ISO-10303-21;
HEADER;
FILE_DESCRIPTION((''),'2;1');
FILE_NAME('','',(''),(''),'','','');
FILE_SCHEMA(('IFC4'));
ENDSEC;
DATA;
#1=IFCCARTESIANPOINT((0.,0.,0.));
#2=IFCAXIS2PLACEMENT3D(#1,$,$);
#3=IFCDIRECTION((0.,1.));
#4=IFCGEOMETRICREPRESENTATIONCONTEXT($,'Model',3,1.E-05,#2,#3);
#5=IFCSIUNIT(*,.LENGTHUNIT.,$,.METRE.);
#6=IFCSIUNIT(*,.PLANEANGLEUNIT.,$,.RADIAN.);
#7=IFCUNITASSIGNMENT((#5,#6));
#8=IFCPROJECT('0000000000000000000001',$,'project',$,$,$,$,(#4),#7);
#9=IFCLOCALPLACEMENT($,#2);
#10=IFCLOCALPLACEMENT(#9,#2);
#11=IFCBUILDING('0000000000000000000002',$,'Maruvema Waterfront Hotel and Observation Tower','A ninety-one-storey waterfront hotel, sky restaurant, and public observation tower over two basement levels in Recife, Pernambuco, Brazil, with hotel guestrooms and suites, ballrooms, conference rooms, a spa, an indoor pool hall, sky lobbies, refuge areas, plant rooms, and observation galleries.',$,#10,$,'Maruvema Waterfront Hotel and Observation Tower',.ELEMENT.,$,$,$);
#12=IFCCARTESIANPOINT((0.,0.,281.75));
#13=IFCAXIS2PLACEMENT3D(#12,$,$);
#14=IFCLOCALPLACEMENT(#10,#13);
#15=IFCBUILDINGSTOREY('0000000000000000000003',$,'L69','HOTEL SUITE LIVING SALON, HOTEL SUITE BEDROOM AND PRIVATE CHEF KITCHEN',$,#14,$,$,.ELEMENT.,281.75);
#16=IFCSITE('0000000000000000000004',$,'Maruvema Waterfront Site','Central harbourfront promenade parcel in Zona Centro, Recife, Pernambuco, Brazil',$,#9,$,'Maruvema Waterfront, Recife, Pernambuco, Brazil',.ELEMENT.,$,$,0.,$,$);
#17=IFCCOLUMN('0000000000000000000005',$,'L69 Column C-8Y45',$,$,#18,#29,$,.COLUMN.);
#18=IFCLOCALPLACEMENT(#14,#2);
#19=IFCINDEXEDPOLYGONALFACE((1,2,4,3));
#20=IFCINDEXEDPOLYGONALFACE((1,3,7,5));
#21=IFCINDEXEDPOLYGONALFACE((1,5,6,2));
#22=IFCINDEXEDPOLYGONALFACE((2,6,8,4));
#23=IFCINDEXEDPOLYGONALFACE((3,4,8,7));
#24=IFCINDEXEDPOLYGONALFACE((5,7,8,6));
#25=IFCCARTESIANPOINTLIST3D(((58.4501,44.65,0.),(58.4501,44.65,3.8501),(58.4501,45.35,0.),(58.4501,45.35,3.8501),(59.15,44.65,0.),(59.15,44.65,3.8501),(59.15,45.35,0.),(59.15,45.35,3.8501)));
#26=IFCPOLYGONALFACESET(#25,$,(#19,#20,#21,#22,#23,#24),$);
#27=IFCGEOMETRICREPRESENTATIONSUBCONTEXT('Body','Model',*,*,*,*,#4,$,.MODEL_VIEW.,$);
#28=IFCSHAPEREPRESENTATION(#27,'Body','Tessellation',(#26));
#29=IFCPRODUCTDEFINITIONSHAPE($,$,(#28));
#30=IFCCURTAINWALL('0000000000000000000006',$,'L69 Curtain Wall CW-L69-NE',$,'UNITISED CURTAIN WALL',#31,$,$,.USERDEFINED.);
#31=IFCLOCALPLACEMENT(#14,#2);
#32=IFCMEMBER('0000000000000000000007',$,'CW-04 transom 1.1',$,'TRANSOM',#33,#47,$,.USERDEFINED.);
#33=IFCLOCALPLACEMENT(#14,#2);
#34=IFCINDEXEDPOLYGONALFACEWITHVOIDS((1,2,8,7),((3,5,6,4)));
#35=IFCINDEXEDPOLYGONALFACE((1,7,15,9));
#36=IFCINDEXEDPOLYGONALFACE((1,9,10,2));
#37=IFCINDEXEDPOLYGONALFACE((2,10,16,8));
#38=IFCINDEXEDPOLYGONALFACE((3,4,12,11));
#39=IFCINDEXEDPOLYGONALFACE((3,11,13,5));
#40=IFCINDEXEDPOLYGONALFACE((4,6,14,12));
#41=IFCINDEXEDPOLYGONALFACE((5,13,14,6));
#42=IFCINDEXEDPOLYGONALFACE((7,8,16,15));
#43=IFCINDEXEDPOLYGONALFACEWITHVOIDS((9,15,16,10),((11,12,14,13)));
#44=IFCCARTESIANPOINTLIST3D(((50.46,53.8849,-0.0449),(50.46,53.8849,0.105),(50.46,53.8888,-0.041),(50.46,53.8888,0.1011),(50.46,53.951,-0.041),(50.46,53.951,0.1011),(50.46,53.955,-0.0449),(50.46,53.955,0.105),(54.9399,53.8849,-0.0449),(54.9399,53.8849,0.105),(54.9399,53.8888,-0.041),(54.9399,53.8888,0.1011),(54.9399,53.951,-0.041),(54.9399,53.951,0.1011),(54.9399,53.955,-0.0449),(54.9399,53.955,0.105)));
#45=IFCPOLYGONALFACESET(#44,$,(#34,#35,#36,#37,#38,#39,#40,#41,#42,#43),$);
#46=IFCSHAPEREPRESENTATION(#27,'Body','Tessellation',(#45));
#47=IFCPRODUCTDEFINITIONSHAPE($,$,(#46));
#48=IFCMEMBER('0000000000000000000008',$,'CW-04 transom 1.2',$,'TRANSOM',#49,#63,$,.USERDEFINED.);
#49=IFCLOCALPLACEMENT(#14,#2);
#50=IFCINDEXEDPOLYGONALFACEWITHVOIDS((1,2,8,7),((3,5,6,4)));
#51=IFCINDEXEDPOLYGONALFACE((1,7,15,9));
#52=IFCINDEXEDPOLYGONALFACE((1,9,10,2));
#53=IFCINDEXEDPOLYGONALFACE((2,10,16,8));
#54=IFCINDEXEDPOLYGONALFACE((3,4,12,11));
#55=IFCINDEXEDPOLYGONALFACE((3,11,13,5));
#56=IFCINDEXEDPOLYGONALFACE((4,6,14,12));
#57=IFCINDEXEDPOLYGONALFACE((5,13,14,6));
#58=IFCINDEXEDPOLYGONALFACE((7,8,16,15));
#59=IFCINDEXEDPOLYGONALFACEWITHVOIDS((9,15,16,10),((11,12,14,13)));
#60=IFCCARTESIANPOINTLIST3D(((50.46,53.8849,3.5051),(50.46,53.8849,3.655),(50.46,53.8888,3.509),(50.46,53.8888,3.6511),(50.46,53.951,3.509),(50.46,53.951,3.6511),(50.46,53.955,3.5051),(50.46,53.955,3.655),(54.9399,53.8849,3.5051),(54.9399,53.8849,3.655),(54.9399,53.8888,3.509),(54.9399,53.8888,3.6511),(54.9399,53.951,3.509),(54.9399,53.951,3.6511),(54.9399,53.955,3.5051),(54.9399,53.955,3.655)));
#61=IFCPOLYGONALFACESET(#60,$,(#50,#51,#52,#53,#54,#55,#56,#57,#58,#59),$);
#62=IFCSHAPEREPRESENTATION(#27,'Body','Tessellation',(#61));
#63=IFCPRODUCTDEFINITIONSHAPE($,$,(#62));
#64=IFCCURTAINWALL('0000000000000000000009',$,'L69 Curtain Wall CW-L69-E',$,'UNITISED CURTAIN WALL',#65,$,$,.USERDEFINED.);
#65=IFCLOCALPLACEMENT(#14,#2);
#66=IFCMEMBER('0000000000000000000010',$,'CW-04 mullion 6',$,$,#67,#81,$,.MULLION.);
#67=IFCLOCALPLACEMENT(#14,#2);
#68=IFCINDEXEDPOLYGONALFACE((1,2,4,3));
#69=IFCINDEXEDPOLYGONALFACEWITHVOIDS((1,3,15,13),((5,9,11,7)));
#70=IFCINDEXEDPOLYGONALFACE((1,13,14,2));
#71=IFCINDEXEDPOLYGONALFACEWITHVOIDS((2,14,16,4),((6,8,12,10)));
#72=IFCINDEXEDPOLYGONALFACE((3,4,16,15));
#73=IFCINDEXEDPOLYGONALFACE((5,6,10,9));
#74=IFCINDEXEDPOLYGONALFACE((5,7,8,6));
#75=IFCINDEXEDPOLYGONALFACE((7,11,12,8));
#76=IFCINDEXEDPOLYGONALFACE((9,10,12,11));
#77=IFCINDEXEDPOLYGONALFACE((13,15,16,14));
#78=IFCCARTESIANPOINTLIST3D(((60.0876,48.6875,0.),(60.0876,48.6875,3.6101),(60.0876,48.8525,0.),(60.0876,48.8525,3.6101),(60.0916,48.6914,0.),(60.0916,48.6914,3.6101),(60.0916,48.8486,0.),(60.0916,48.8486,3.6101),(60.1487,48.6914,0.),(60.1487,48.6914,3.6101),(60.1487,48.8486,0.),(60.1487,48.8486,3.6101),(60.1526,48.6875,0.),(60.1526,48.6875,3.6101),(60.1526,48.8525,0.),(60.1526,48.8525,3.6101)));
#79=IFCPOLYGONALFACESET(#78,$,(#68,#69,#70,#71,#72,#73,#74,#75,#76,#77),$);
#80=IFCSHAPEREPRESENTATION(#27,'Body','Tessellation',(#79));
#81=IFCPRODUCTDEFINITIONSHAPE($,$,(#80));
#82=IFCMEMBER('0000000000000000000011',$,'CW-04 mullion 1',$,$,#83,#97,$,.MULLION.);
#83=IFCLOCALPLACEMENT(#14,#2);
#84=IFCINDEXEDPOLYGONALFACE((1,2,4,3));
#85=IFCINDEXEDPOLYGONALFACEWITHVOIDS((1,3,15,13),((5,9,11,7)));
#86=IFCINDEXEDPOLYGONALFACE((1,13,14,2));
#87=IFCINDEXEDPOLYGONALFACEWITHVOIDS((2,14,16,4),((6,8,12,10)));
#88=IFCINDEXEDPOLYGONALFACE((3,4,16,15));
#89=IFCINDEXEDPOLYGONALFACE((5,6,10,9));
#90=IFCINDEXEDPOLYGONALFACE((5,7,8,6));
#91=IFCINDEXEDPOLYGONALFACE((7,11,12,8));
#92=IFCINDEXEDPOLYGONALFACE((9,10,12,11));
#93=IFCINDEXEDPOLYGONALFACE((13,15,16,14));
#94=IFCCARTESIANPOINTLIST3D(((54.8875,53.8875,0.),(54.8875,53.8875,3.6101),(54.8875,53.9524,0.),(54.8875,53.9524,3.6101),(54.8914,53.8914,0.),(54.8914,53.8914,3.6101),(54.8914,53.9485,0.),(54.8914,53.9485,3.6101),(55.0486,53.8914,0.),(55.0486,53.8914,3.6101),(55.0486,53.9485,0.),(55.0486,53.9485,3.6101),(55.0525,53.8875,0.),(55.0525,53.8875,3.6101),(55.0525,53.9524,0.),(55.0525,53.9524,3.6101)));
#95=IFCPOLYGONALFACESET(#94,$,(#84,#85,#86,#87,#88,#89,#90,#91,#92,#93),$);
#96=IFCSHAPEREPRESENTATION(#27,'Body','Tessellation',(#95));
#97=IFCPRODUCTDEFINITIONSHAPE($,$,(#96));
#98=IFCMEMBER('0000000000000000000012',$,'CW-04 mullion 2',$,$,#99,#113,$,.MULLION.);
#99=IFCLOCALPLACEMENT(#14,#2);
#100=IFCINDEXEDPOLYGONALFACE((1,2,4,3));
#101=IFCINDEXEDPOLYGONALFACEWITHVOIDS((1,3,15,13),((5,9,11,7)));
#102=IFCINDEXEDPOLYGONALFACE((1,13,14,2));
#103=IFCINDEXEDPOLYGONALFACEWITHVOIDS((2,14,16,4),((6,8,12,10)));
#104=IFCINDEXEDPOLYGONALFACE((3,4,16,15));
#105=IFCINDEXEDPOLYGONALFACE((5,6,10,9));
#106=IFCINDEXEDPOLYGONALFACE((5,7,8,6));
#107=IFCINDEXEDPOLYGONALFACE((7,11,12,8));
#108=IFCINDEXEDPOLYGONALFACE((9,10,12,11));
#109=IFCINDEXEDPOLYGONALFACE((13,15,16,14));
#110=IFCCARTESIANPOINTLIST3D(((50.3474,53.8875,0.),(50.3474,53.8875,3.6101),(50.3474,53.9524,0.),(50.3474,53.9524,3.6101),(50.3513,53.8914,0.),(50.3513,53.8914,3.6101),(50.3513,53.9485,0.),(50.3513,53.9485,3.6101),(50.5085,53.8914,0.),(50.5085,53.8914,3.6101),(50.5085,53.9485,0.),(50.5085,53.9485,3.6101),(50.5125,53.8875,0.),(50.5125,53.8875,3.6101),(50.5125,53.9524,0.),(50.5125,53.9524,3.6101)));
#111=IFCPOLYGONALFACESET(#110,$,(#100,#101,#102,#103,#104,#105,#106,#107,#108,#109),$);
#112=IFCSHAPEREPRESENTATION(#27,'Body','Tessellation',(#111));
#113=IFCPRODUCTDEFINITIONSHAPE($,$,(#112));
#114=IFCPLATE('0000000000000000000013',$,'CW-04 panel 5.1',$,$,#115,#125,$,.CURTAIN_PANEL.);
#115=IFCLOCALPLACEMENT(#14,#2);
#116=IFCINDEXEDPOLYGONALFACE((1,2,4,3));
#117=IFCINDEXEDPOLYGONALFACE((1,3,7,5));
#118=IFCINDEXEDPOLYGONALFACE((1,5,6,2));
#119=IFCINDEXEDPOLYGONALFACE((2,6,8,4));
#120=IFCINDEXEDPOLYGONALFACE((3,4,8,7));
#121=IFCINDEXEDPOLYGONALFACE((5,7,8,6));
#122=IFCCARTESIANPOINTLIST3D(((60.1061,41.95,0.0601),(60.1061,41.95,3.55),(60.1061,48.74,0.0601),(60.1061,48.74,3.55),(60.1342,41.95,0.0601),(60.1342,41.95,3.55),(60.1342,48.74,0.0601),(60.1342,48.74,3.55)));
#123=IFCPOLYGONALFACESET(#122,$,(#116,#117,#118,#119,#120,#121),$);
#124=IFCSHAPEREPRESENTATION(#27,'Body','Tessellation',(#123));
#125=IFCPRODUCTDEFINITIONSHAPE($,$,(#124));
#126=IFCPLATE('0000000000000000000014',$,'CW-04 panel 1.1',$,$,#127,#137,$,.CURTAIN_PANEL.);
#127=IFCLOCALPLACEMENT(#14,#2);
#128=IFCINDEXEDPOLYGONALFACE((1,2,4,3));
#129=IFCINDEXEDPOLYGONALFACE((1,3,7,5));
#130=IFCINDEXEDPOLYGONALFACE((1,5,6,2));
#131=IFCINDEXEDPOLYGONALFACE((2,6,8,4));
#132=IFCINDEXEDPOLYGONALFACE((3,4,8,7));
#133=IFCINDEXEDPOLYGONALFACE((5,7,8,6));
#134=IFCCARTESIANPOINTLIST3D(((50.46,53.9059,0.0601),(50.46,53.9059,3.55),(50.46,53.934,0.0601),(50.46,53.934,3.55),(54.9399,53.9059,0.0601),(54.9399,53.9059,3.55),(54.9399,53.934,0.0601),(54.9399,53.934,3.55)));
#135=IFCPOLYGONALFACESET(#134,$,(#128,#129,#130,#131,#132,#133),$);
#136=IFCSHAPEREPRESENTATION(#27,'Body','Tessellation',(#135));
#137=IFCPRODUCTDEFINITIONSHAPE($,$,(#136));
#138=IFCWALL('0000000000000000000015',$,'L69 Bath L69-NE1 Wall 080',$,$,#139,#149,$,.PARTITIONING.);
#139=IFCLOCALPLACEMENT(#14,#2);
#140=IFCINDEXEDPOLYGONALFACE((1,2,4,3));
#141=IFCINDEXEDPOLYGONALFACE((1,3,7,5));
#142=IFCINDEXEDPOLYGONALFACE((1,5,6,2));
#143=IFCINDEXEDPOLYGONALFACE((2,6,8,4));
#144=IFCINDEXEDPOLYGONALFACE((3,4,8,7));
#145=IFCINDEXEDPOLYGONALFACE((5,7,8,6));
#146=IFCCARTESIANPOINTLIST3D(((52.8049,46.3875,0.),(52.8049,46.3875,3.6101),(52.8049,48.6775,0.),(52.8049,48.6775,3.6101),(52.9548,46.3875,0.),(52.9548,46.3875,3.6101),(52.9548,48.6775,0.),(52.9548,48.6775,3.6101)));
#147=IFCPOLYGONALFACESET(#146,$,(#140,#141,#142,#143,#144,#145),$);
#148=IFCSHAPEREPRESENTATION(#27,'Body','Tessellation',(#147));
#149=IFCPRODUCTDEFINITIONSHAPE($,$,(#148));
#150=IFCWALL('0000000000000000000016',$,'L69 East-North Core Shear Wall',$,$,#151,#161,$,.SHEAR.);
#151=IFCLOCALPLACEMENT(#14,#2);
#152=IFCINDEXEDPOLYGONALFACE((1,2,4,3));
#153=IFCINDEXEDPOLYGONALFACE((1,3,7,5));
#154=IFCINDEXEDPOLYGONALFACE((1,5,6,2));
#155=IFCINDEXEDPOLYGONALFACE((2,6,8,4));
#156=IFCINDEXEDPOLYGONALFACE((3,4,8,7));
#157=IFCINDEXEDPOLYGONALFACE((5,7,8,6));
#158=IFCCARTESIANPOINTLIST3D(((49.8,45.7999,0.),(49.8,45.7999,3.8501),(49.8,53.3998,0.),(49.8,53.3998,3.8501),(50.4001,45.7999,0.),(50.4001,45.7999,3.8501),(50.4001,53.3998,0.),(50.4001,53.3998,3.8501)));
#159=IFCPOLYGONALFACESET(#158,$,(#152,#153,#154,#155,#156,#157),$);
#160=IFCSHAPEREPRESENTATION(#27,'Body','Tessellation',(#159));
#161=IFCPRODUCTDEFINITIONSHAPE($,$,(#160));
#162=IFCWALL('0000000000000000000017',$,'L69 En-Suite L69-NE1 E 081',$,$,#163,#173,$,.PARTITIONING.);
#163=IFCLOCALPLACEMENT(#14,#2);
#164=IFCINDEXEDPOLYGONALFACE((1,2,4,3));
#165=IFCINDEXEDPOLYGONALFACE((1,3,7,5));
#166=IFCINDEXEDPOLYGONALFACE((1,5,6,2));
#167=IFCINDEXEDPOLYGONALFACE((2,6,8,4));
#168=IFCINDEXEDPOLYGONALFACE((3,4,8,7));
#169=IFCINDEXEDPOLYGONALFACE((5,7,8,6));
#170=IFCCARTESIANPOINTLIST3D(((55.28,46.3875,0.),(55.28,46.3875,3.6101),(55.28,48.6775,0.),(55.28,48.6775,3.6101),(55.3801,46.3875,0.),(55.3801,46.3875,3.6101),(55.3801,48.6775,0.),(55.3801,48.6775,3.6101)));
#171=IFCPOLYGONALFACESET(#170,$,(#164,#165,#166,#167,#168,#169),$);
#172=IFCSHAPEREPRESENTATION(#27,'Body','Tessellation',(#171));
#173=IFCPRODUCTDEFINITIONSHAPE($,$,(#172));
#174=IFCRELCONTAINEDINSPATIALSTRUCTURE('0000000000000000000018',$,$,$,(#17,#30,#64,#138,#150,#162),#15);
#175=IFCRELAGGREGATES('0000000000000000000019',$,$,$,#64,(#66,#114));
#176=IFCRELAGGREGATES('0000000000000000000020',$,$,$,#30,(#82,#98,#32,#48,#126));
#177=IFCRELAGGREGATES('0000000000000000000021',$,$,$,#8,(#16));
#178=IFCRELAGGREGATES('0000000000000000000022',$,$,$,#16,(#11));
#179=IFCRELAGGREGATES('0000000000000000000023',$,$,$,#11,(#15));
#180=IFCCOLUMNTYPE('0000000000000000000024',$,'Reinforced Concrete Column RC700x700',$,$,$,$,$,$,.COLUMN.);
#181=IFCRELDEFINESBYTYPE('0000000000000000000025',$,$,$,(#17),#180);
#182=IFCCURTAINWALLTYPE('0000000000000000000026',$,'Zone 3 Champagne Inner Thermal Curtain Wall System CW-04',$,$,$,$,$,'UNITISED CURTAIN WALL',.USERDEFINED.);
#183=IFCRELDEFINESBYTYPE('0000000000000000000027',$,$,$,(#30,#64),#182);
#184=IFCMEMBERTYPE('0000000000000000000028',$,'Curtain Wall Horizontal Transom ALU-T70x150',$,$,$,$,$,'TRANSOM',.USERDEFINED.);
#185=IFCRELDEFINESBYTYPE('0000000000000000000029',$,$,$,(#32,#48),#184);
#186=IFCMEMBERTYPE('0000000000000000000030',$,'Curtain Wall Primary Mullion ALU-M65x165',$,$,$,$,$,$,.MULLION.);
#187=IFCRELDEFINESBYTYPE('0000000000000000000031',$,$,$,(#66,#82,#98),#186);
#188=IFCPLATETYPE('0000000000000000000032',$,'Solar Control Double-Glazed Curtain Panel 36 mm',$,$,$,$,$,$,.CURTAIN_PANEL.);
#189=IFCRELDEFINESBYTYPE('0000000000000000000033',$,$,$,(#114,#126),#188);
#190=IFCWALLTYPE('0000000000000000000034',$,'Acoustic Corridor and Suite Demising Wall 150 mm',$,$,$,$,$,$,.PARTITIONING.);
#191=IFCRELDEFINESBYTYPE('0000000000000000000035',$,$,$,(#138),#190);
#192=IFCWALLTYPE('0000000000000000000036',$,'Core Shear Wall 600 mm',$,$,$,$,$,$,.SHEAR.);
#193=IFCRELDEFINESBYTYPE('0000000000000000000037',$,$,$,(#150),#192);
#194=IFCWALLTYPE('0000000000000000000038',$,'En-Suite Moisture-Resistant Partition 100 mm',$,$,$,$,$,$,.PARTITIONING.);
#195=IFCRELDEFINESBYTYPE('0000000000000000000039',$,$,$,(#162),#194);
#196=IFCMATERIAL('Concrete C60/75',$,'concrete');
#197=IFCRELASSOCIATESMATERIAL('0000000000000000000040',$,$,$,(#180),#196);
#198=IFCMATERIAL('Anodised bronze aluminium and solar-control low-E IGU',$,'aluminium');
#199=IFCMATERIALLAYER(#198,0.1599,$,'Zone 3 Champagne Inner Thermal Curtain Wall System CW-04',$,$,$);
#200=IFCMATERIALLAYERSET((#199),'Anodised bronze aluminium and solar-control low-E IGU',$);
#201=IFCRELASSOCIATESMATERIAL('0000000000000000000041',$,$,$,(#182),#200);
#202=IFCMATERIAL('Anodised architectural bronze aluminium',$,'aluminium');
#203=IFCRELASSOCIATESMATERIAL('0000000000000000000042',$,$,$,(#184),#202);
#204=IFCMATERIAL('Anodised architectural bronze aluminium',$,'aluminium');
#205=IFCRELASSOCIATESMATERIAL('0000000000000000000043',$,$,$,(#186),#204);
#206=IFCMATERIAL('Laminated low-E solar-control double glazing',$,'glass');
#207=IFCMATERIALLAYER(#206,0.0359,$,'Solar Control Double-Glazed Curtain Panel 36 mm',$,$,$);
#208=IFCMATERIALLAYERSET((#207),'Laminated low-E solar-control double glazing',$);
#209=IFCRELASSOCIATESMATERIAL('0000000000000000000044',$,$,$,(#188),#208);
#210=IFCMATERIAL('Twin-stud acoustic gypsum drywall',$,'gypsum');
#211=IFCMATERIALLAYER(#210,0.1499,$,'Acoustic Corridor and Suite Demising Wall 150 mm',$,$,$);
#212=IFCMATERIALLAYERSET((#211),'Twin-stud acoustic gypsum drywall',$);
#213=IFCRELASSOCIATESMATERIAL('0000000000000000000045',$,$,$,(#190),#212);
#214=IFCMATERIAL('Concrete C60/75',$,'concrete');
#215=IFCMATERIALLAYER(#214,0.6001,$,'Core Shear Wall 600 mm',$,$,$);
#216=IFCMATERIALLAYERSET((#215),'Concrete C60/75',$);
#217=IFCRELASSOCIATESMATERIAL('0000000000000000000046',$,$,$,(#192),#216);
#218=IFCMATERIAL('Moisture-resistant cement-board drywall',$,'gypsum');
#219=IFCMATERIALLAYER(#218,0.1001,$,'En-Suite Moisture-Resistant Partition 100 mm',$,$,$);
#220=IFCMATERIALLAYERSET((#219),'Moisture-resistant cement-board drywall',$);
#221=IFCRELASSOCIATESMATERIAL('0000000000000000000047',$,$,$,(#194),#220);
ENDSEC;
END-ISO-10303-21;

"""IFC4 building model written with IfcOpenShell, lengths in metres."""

from ifc_helpers import new_model, si_unit, direction, frame, frame_2d, origin, origin_2d, place, context, subcontext, project, spatial, rectangle, hollow_rectangle, extrude, material, layer, layer_set, material_profile, profile_set, type_object, element, aggregate, save


model = new_model("IFC4")

# Units and contexts
model_context = context("Model", 3, precision=1e-05, world=origin(), true_north=direction((0.0, 1.0)))
body_context = subcontext(model_context, "Body", "Model", "MODEL_VIEW")
ifc_project = project(units=[si_unit("LENGTHUNIT", "METRE"), si_unit("PLANEANGLEUNIT", "RADIAN")], contexts=[model_context])

# Site, building, storey
site_placement = place(None, origin())
site = spatial("IfcSite", under=ifc_project, at=site_placement, Name="Maruvema Waterfront Site", Description="Central harbourfront promenade parcel in Zona Centro, Recife, Pernambuco, Brazil", LongName="Maruvema Waterfront, Recife, Pernambuco, Brazil", CompositionType="ELEMENT", RefElevation=0.0)
building_placement = place(site_placement, origin())
building = spatial("IfcBuilding", under=site, at=building_placement, Name="Maruvema Waterfront Hotel and Observation Tower", Description="A ninety-one-storey waterfront hotel, sky restaurant, and public observation tower over two basement levels in Recife, Pernambuco, Brazil, with hotel guestrooms and suites, ballrooms, conference rooms, a spa, an indoor pool hall, sky lobbies, refuge areas, plant rooms, and observation galleries.", LongName="Maruvema Waterfront Hotel and Observation Tower", CompositionType="ELEMENT")
storey_placement = place(building_placement, frame((0.0, 0.0, 281.75)))
storey = spatial("IfcBuildingStorey", under=building, at=storey_placement, Name="L69", Description="HOTEL SUITE LIVING SALON, HOTEL SUITE BEDROOM AND PRIVATE CHEF KITCHEN", CompositionType="ELEMENT", Elevation=281.75)

# Column
ifc_material_1 = material(Name="Concrete C60/75", Category="concrete")
ifc_material_profile_1 = material_profile(ifc_material_1, rectangle(XDim=0.7, YDim=0.7, at=origin_2d()), Name="RC700x700")
ifc_profile_set_1 = profile_set([ifc_material_profile_1], Name="Concrete C60/75")
column_type = type_object("IfcColumnType", Name="Reinforced Concrete Column RC700x700", PredefinedType="COLUMN", material=ifc_profile_set_1)
column_placement = place(storey_placement, frame((58.8, 45.0, 0.0), z_axis=(0.0, 0.0, 1.0), x_axis=(1.0, 0.0, 0.0)))
element("IfcColumn", 1, at=column_placement, inside=storey, type_object=column_type, Name="L69 Column C-8Y45", PredefinedType="COLUMN", context=body_context, shape_type="SweptSolid", body=[
    extrude(rectangle(XDim=0.7, YDim=0.7, at=origin_2d()), origin(), (0.0, 0.0, 1.0), 3.8501),
])

# Curtain wall, members
ifc_material_2 = material(Name="Anodised bronze aluminium and solar-control low-E IGU", Category="aluminium")
ifc_layer_1 = layer(ifc_material_2, 0.1599, Name="Zone 3 Champagne Inner Thermal Curtain Wall System CW-04")
ifc_layer_set_1 = layer_set([ifc_layer_1], Name="Anodised bronze aluminium and solar-control low-E IGU")
curtain_wall_type = type_object("IfcCurtainWallType", Name="Zone 3 Champagne Inner Thermal Curtain Wall System CW-04", ElementType="UNITISED CURTAIN WALL", PredefinedType="USERDEFINED", material=ifc_layer_set_1)
curtain_wall_1_placement = place(storey_placement, origin())
curtain_wall_1 = element("IfcCurtainWall", 2, at=curtain_wall_1_placement, inside=storey, type_object=curtain_wall_type, Name="L69 Curtain Wall CW-L69-NE", ObjectType="UNITISED CURTAIN WALL", PredefinedType="USERDEFINED")
ifc_material_3 = material(Name="Anodised architectural bronze aluminium", Category="aluminium")
ifc_material_profile_2 = material_profile(ifc_material_3, hollow_rectangle(XDim=0.0701, YDim=0.1499, WallThickness=0.0039, at=origin_2d()), Name="ALU-T70x150")
ifc_profile_set_2 = profile_set([ifc_material_profile_2], Name="Anodised architectural bronze aluminium")
member_type_1 = type_object("IfcMemberType", Name="Curtain Wall Horizontal Transom ALU-T70x150", ElementType="TRANSOM", PredefinedType="USERDEFINED", material=ifc_profile_set_2)
member_1_placement = place(storey_placement, frame((54.9399, 53.9199, 0.03), z_axis=(-1.0, 0.0, 0.0), x_axis=(0.0, -1.0, 0.0)))
member_1 = element("IfcMember", 3, at=member_1_placement, type_object=member_type_1, Name="CW-04 transom 1.1", ObjectType="TRANSOM", PredefinedType="USERDEFINED", context=body_context, shape_type="SweptSolid", body=[
    extrude(hollow_rectangle(XDim=0.0701, YDim=0.1499, WallThickness=0.0039, at=origin_2d()), origin(), (0.0, 0.0, 1.0), 4.48),
])
member_2_placement = place(storey_placement, frame((54.9399, 53.9199, 3.5801), z_axis=(-1.0, 0.0, 0.0), x_axis=(0.0, -1.0, 0.0)))
member_2 = element("IfcMember", 4, at=member_2_placement, type_object=member_type_1, Name="CW-04 transom 1.2", ObjectType="TRANSOM", PredefinedType="USERDEFINED", context=body_context, shape_type="SweptSolid", body=[
    extrude(hollow_rectangle(XDim=0.0701, YDim=0.1499, WallThickness=0.0039, at=origin_2d()), origin(), (0.0, 0.0, 1.0), 4.48),
])

# Curtain wall, member
curtain_wall_2_placement = place(storey_placement, origin())
curtain_wall_2 = element("IfcCurtainWall", 5, at=curtain_wall_2_placement, inside=storey, type_object=curtain_wall_type, Name="L69 Curtain Wall CW-L69-E", ObjectType="UNITISED CURTAIN WALL", PredefinedType="USERDEFINED")
ifc_material_4 = material(Name="Anodised architectural bronze aluminium", Category="aluminium")
ifc_material_profile_3 = material_profile(ifc_material_4, hollow_rectangle(XDim=0.0649, YDim=0.165, WallThickness=0.0039, at=origin_2d()), Name="ALU-M65x165")
ifc_profile_set_3 = profile_set([ifc_material_profile_3], Name="Anodised architectural bronze aluminium")
member_type_2 = type_object("IfcMemberType", Name="Curtain Wall Primary Mullion ALU-M65x165", PredefinedType="MULLION", material=ifc_profile_set_3)
member_3_placement = place(storey_placement, frame((60.1201, 48.77, 0.0), z_axis=(0.0, 0.0, 1.0), x_axis=(-1.0, 0.0, 0.0)))
member_3 = element("IfcMember", 6, at=member_3_placement, type_object=member_type_2, Name="CW-04 mullion 6", PredefinedType="MULLION", context=body_context, shape_type="SweptSolid", body=[
    extrude(hollow_rectangle(XDim=0.0649, YDim=0.165, WallThickness=0.0039, at=origin_2d()), origin(), (0.0, 0.0, 1.0), 3.6101),
])

# Members
member_4_placement = place(storey_placement, frame((54.97, 53.9199, 0.0), z_axis=(0.0, 0.0, 1.0), x_axis=(0.0, -1.0, 0.0)))
member_4 = element("IfcMember", 7, at=member_4_placement, type_object=member_type_2, Name="CW-04 mullion 1", PredefinedType="MULLION", context=body_context, shape_type="SweptSolid", body=[
    extrude(hollow_rectangle(XDim=0.0649, YDim=0.165, WallThickness=0.0039, at=origin_2d()), origin(), (0.0, 0.0, 1.0), 3.6101),
])
member_5_placement = place(storey_placement, frame((50.4299, 53.9199, 0.0), z_axis=(0.0, 0.0, 1.0), x_axis=(0.0, -1.0, 0.0)))
member_5 = element("IfcMember", 8, at=member_5_placement, type_object=member_type_2, Name="CW-04 mullion 2", PredefinedType="MULLION", context=body_context, shape_type="SweptSolid", body=[
    extrude(hollow_rectangle(XDim=0.0649, YDim=0.165, WallThickness=0.0039, at=origin_2d()), origin(), (0.0, 0.0, 1.0), 3.6101),
])

# Plates
ifc_material_5 = material(Name="Laminated low-E solar-control double glazing", Category="glass")
ifc_layer_2 = layer(ifc_material_5, 0.0359, Name="Solar Control Double-Glazed Curtain Panel 36 mm")
ifc_layer_set_2 = layer_set([ifc_layer_2], Name="Laminated low-E solar-control double glazing")
plate_type = type_object("IfcPlateType", Name="Solar Control Double-Glazed Curtain Panel 36 mm", PredefinedType="CURTAIN_PANEL", material=ifc_layer_set_2)
plate_1_placement = place(storey_placement, frame((60.1201, 45.345, 0.0601), z_axis=(0.0, 0.0, 1.0), x_axis=(0.0, 1.0, 0.0)))
plate_1 = element("IfcPlate", 9, at=plate_1_placement, type_object=plate_type, Name="CW-04 panel 5.1", PredefinedType="CURTAIN_PANEL", context=body_context, shape_type="SweptSolid", body=[
    extrude(rectangle(XDim=6.79, YDim=0.0281, at=origin_2d()), origin(), (0.0, 0.0, 1.0), 3.49),
])
aggregate(curtain_wall_2, [member_3, plate_1])
plate_2_placement = place(storey_placement, frame((52.7, 53.9199, 0.0601), z_axis=(0.0, 0.0, 1.0), x_axis=(-1.0, 0.0, 0.0)))
plate_2 = element("IfcPlate", 10, at=plate_2_placement, type_object=plate_type, Name="CW-04 panel 1.1", PredefinedType="CURTAIN_PANEL", context=body_context, shape_type="SweptSolid", body=[
    extrude(rectangle(XDim=4.48, YDim=0.0281, at=origin_2d()), origin(), (0.0, 0.0, 1.0), 3.49),
])
aggregate(curtain_wall_1, [member_4, member_5, member_1, member_2, plate_2])

# Walls
ifc_material_6 = material(Name="Twin-stud acoustic gypsum drywall", Category="gypsum")
ifc_layer_3 = layer(ifc_material_6, 0.1499, Name="Acoustic Corridor and Suite Demising Wall 150 mm")
ifc_layer_set_3 = layer_set([ifc_layer_3], Name="Twin-stud acoustic gypsum drywall")
wall_type_1 = type_object("IfcWallType", Name="Acoustic Corridor and Suite Demising Wall 150 mm", PredefinedType="PARTITIONING", material=ifc_layer_set_3)
wall_1_placement = place(storey_placement, frame((52.8799, 46.3875, 0.0), z_axis=(0.0, 0.0, 1.0), x_axis=(0.0, 1.0, 0.0)))
element("IfcWall", 11, at=wall_1_placement, inside=storey, type_object=wall_type_1, Name="L69 Bath L69-NE1 Wall 080", PredefinedType="PARTITIONING", context=body_context, shape_type="SweptSolid", body=[
    extrude(rectangle(XDim=2.29, YDim=0.1499, at=frame_2d((1.145, 0.0))), origin(), (0.0, 0.0, 1.0), 3.6101),
])
ifc_material_7 = material(Name="Concrete C60/75", Category="concrete")
ifc_layer_4 = layer(ifc_material_7, 0.6001, Name="Core Shear Wall 600 mm")
ifc_layer_set_4 = layer_set([ifc_layer_4], Name="Concrete C60/75")
wall_type_2 = type_object("IfcWallType", Name="Core Shear Wall 600 mm", PredefinedType="SHEAR", material=ifc_layer_set_4)
wall_2_placement = place(storey_placement, frame((50.1001, 45.8, 0.0), z_axis=(0.0, 0.0, 1.0), x_axis=(0.0, 1.0, 0.0)))
element("IfcWall", 12, at=wall_2_placement, inside=storey, type_object=wall_type_2, Name="L69 East-North Core Shear Wall", PredefinedType="SHEAR", context=body_context, shape_type="SweptSolid", body=[
    extrude(rectangle(XDim=7.5999, YDim=0.6001, at=frame_2d((3.7998, 0.0))), origin(), (0.0, 0.0, 1.0), 3.8501),
])
ifc_material_8 = material(Name="Moisture-resistant cement-board drywall", Category="gypsum")
ifc_layer_5 = layer(ifc_material_8, 0.1001, Name="En-Suite Moisture-Resistant Partition 100 mm")
ifc_layer_set_5 = layer_set([ifc_layer_5], Name="Moisture-resistant cement-board drywall")
wall_type_3 = type_object("IfcWallType", Name="En-Suite Moisture-Resistant Partition 100 mm", PredefinedType="PARTITIONING", material=ifc_layer_set_5)
wall_3_placement = place(storey_placement, frame((55.3301, 46.3875, 0.0), z_axis=(0.0, 0.0, 1.0), x_axis=(0.0, 1.0, 0.0)))
element("IfcWall", 13, at=wall_3_placement, inside=storey, type_object=wall_type_3, Name="L69 En-Suite L69-NE1 E 081", PredefinedType="PARTITIONING", context=body_context, shape_type="SweptSolid", body=[
    extrude(rectangle(XDim=2.29, YDim=0.1001, at=frame_2d((1.145, 0.0))), origin(), (0.0, 0.0, 1.0), 3.6101),
])

save(model, "model.ifc")
